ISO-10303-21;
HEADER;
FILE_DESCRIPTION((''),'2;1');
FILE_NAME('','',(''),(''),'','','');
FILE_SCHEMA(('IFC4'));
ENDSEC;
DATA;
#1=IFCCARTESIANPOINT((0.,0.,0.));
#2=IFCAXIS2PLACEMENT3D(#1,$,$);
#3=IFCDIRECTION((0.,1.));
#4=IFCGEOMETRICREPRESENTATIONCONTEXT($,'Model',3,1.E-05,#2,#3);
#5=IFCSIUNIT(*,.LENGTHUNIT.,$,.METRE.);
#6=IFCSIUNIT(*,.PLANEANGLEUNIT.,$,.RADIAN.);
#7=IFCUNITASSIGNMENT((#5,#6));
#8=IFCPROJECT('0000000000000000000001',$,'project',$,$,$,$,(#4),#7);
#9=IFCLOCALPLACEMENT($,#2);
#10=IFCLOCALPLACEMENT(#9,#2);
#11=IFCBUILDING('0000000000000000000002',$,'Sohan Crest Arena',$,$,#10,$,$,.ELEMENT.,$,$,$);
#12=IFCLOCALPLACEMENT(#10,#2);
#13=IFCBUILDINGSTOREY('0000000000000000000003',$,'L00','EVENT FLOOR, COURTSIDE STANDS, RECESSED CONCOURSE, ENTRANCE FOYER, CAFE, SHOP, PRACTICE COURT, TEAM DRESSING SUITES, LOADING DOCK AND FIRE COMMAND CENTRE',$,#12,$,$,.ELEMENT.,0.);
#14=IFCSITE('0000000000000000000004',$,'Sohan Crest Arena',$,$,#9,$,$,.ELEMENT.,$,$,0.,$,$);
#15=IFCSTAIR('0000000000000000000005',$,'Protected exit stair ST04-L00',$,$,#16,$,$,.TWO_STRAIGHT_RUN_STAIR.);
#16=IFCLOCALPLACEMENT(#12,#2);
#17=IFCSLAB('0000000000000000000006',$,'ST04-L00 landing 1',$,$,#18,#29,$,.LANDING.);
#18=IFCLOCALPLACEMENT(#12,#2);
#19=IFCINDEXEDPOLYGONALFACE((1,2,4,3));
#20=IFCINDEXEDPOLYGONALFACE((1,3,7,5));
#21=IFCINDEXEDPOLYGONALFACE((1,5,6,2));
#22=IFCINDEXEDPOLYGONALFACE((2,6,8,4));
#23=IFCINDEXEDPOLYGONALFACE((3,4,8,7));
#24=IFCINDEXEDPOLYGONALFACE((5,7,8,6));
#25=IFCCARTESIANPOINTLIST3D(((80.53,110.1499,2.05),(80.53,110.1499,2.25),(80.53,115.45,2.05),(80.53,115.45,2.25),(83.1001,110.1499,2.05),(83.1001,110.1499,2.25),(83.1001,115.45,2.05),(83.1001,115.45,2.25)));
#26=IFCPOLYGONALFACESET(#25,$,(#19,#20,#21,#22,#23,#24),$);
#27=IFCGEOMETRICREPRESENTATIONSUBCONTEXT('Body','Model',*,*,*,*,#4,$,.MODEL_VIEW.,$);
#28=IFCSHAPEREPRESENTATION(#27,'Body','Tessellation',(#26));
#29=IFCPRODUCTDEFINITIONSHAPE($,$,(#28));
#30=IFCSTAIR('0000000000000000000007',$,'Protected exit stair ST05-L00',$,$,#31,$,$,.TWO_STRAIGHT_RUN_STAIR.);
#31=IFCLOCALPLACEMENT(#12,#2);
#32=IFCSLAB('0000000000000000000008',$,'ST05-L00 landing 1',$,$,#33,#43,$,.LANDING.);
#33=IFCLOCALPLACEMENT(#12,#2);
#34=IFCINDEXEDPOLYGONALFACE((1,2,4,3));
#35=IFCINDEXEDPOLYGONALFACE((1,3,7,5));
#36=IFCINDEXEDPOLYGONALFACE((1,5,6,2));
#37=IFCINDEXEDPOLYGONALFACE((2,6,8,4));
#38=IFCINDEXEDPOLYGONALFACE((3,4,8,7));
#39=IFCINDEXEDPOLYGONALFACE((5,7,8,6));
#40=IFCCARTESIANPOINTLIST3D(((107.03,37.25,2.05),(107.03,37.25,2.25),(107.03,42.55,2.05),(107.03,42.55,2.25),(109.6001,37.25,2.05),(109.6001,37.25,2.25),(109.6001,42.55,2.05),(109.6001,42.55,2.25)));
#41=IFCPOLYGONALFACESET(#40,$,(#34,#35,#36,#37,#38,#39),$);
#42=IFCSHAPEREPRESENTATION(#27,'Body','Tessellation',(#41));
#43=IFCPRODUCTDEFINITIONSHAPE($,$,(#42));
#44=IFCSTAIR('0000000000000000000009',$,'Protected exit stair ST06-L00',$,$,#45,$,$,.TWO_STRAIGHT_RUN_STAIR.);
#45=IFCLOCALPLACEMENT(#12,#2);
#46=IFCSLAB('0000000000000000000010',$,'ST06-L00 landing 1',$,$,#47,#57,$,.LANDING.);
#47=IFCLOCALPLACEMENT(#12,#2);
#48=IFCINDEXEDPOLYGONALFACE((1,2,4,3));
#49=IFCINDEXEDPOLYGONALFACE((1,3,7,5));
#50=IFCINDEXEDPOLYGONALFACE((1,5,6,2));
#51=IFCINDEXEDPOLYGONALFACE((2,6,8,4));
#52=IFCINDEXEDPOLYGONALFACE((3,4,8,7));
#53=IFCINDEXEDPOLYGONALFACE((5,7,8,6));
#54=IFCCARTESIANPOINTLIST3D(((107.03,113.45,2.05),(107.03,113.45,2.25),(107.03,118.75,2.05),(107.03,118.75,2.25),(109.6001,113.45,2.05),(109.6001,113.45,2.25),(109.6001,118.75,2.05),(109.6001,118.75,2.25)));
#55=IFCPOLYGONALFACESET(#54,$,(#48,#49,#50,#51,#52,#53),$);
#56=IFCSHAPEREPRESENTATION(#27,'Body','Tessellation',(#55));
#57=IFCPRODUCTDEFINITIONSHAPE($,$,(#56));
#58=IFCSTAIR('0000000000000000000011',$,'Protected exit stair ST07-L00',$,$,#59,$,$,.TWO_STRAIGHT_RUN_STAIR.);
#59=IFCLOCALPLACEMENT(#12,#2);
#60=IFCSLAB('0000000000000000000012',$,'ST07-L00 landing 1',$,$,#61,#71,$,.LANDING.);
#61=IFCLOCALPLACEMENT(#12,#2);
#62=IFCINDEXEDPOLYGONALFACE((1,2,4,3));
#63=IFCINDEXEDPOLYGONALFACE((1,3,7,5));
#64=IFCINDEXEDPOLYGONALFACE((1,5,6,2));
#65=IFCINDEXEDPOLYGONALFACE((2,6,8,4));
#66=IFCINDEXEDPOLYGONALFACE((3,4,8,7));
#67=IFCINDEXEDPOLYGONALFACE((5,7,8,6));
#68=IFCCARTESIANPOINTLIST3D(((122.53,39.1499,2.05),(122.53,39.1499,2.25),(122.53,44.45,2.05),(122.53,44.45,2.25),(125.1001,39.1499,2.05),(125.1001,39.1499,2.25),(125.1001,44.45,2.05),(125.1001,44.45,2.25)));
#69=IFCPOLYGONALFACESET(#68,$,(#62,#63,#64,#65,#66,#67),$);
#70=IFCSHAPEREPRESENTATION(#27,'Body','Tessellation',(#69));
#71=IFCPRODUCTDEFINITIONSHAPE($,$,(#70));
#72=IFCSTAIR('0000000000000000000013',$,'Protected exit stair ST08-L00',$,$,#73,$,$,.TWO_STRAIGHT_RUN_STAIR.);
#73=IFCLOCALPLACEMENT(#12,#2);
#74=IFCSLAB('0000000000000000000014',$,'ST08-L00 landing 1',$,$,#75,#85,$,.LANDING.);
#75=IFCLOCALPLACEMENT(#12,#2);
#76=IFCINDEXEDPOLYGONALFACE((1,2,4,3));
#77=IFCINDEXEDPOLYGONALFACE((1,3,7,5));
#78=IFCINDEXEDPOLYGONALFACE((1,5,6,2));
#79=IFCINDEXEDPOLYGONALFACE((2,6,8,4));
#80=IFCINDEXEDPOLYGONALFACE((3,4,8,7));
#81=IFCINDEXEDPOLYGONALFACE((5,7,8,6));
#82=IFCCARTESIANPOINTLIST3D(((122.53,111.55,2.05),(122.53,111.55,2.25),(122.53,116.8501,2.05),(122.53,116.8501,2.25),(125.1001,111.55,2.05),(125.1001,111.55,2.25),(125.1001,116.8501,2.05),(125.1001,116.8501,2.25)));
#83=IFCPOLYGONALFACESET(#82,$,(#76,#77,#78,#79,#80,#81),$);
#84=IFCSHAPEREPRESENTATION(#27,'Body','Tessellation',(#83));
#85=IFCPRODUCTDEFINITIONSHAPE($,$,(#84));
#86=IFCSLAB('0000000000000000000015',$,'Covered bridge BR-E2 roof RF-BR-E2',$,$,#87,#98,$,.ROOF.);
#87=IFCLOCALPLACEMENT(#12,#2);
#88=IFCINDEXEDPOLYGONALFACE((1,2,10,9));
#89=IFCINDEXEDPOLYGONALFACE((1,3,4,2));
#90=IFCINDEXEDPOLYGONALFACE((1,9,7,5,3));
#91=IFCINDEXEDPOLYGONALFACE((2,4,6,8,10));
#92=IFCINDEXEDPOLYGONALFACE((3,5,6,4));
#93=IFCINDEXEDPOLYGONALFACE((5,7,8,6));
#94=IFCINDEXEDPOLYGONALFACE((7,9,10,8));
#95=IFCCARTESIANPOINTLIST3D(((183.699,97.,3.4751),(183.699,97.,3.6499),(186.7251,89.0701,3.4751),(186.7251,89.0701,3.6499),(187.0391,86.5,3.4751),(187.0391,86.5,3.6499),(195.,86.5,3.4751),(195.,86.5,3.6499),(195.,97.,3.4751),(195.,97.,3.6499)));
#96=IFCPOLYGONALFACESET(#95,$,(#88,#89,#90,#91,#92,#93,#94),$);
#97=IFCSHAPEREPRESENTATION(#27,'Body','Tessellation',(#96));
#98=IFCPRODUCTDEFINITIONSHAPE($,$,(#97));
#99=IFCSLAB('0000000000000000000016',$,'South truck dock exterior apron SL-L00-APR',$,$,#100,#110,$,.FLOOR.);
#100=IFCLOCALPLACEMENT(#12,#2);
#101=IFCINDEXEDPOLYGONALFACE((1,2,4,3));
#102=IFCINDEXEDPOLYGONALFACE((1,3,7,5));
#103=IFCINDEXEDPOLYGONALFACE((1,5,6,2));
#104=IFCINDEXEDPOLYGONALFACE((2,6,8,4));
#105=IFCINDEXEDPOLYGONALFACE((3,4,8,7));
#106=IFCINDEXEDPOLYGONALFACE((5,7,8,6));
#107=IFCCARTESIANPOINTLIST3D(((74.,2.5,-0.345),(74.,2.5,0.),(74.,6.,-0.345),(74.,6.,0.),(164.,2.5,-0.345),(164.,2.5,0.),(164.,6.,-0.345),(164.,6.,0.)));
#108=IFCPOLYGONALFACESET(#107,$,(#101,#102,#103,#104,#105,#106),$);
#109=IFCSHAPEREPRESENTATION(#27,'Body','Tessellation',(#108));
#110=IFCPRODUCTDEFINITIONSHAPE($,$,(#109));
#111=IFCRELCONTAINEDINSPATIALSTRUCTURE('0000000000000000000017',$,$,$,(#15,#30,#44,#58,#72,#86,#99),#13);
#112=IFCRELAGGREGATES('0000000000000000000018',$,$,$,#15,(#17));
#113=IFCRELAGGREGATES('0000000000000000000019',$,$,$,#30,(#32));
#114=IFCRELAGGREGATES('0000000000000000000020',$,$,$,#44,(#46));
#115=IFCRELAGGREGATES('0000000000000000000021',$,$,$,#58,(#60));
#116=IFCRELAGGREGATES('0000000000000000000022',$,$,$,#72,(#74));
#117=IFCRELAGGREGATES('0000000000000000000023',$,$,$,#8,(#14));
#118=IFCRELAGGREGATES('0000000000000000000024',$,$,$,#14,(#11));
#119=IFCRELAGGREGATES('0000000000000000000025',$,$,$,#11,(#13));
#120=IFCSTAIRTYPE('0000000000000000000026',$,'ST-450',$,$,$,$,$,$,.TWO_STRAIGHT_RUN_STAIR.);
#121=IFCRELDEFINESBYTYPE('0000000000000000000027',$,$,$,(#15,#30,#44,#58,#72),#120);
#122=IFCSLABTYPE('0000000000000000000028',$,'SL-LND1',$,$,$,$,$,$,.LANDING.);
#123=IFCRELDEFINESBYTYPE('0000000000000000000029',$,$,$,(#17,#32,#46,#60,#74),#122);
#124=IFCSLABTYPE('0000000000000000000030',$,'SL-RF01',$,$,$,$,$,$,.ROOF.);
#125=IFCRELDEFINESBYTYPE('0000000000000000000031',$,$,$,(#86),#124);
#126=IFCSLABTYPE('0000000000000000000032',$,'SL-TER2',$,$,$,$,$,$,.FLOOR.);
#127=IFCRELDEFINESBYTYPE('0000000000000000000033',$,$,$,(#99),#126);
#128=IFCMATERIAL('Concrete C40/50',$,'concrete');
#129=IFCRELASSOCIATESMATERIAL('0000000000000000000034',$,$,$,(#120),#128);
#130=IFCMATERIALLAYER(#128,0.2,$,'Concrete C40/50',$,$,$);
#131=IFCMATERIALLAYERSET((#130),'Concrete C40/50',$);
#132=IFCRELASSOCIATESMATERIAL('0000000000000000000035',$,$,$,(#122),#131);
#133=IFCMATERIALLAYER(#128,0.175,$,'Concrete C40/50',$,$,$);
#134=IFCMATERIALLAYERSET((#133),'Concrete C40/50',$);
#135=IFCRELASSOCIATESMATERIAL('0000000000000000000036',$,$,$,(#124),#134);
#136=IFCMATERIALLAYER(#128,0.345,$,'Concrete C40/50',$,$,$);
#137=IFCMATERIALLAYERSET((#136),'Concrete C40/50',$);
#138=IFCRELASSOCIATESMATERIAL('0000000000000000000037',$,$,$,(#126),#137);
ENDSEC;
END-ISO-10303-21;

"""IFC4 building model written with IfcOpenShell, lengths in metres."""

from ifc_helpers import new_model, si_unit, direction, frame, origin, place, context, subcontext, project, spatial, polyline, outline, extrude, material, layer, layer_set, type_object, element, aggregate, save


model = new_model("IFC4")

# Units and contexts
model_context = context("Model", 3, precision=1e-05, world=origin(), true_north=direction((0.0, 1.0)))
body_context = subcontext(model_context, "Body", "Model", "MODEL_VIEW")
ifc_project = project(units=[si_unit("LENGTHUNIT", "METRE"), si_unit("PLANEANGLEUNIT", "RADIAN")], contexts=[model_context])

# Site, building, storey
site_placement = place(None, origin())
site = spatial("IfcSite", under=ifc_project, at=site_placement, Name="Sohan Crest Arena", CompositionType="ELEMENT", RefElevation=0.0)
building_placement = place(site_placement, origin())
building = spatial("IfcBuilding", under=site, at=building_placement, Name="Sohan Crest Arena", CompositionType="ELEMENT")
storey_placement = place(building_placement, origin())
storey = spatial("IfcBuildingStorey", under=building, at=storey_placement, Name="L00", Description="EVENT FLOOR, COURTSIDE STANDS, RECESSED CONCOURSE, ENTRANCE FOYER, CAFE, SHOP, PRACTICE COURT, TEAM DRESSING SUITES, LOADING DOCK AND FIRE COMMAND CENTRE", CompositionType="ELEMENT", Elevation=0.0)

# Shared definitions
ifc_material = material(Name="Concrete C40/50", Category="concrete")

# Stairs, slabs
stair_type = type_object("IfcStairType", Name="ST-450", PredefinedType="TWO_STRAIGHT_RUN_STAIR", material=ifc_material)
ifc_layer_1 = layer(ifc_material, 0.2, Name="Concrete C40/50")
ifc_layer_set_1 = layer_set([ifc_layer_1], Name="Concrete C40/50")
slab_type_1 = type_object("IfcSlabType", Name="SL-LND1", PredefinedType="LANDING", material=ifc_layer_set_1)
stair_1_placement = place(storey_placement, origin())
stair_1 = element("IfcStair", 1, at=stair_1_placement, inside=storey, type_object=stair_type, Name="Protected exit stair ST04-L00", PredefinedType="TWO_STRAIGHT_RUN_STAIR")
slab_1_placement = place(storey_placement, frame((0.0, 0.0, 2.05)))
slab_1 = element("IfcSlab", 2, at=slab_1_placement, type_object=slab_type_1, Name="ST04-L00 landing 1", PredefinedType="LANDING", context=body_context, shape_type="SweptSolid", body=[
    extrude(outline(polyline([(80.53, 110.1499), (83.1001, 110.1499), (83.1001, 115.45), (80.53, 115.45), (80.53, 110.1499)])), origin(), (0.0, 0.0, 1.0), 0.2),
])
aggregate(stair_1, [slab_1])
stair_2_placement = place(storey_placement, origin())
stair_2 = element("IfcStair", 3, at=stair_2_placement, inside=storey, type_object=stair_type, Name="Protected exit stair ST05-L00", PredefinedType="TWO_STRAIGHT_RUN_STAIR")
slab_2_placement = place(storey_placement, frame((0.0, 0.0, 2.05)))
slab_2 = element("IfcSlab", 4, at=slab_2_placement, type_object=slab_type_1, Name="ST05-L00 landing 1", PredefinedType="LANDING", context=body_context, shape_type="SweptSolid", body=[
    extrude(outline(polyline([(107.03, 37.25), (109.6001, 37.25), (109.6001, 42.55), (107.03, 42.55), (107.03, 37.25)])), origin(), (0.0, 0.0, 1.0), 0.2),
])
aggregate(stair_2, [slab_2])
stair_3_placement = place(storey_placement, origin())
stair_3 = element("IfcStair", 5, at=stair_3_placement, inside=storey, type_object=stair_type, Name="Protected exit stair ST06-L00", PredefinedType="TWO_STRAIGHT_RUN_STAIR")
slab_3_placement = place(storey_placement, frame((0.0, 0.0, 2.05)))
slab_3 = element("IfcSlab", 6, at=slab_3_placement, type_object=slab_type_1, Name="ST06-L00 landing 1", PredefinedType="LANDING", context=body_context, shape_type="SweptSolid", body=[
    extrude(outline(polyline([(107.03, 113.45), (109.6001, 113.45), (109.6001, 118.75), (107.03, 118.75), (107.03, 113.45)])), origin(), (0.0, 0.0, 1.0), 0.2),
])
aggregate(stair_3, [slab_3])
stair_4_placement = place(storey_placement, origin())
stair_4 = element("IfcStair", 7, at=stair_4_placement, inside=storey, type_object=stair_type, Name="Protected exit stair ST07-L00", PredefinedType="TWO_STRAIGHT_RUN_STAIR")
slab_4_placement = place(storey_placement, frame((0.0, 0.0, 2.05)))
slab_4 = element("IfcSlab", 8, at=slab_4_placement, type_object=slab_type_1, Name="ST07-L00 landing 1", PredefinedType="LANDING", context=body_context, shape_type="SweptSolid", body=[
    extrude(outline(polyline([(122.53, 39.1499), (125.1001, 39.1499), (125.1001, 44.45), (122.53, 44.45), (122.53, 39.1499)])), origin(), (0.0, 0.0, 1.0), 0.2),
])
aggregate(stair_4, [slab_4])
stair_5_placement = place(storey_placement, origin())
stair_5 = element("IfcStair", 9, at=stair_5_placement, inside=storey, type_object=stair_type, Name="Protected exit stair ST08-L00", PredefinedType="TWO_STRAIGHT_RUN_STAIR")
slab_5_placement = place(storey_placement, frame((0.0, 0.0, 2.05)))
slab_5 = element("IfcSlab", 10, at=slab_5_placement, type_object=slab_type_1, Name="ST08-L00 landing 1", PredefinedType="LANDING", context=body_context, shape_type="SweptSolid", body=[
    extrude(outline(polyline([(122.53, 111.55), (125.1001, 111.55), (125.1001, 116.8501), (122.53, 116.8501), (122.53, 111.55)])), origin(), (0.0, 0.0, 1.0), 0.2),
])
aggregate(stair_5, [slab_5])

# Slabs
ifc_layer_2 = layer(ifc_material, 0.175, Name="Concrete C40/50")
ifc_layer_set_2 = layer_set([ifc_layer_2], Name="Concrete C40/50")
slab_type_2 = type_object("IfcSlabType", Name="SL-RF01", PredefinedType="ROOF", material=ifc_layer_set_2)
slab_6_placement = place(storey_placement, frame((0.0, 0.0, 3.4751)))
element("IfcSlab", 11, at=slab_6_placement, inside=storey, type_object=slab_type_2, Name="Covered bridge BR-E2 roof RF-BR-E2", PredefinedType="ROOF", context=body_context, shape_type="SweptSolid", body=[
    extrude(outline(polyline([(195.0, 86.5), (187.0391, 86.5), (186.7251, 89.0701), (183.699, 97.0), (195.0, 97.0), (195.0, 86.5)])), origin(), (0.0, 0.0, 1.0), 0.1748),
])
ifc_layer_3 = layer(ifc_material, 0.345, Name="Concrete C40/50")
ifc_layer_set_3 = layer_set([ifc_layer_3], Name="Concrete C40/50")
slab_type_3 = type_object("IfcSlabType", Name="SL-TER2", PredefinedType="FLOOR", material=ifc_layer_set_3)
slab_7_placement = place(storey_placement, frame((0.0, 0.0, -0.345)))
element("IfcSlab", 12, at=slab_7_placement, inside=storey, type_object=slab_type_3, Name="South truck dock exterior apron SL-L00-APR", PredefinedType="FLOOR", context=body_context, shape_type="SweptSolid", body=[
    extrude(outline(polyline([(164.0, 2.5), (164.0, 6.0), (74.0, 6.0), (74.0, 2.5), (164.0, 2.5)])), origin(), (0.0, 0.0, 1.0), 0.345),
])

save(model, "model.ifc")
